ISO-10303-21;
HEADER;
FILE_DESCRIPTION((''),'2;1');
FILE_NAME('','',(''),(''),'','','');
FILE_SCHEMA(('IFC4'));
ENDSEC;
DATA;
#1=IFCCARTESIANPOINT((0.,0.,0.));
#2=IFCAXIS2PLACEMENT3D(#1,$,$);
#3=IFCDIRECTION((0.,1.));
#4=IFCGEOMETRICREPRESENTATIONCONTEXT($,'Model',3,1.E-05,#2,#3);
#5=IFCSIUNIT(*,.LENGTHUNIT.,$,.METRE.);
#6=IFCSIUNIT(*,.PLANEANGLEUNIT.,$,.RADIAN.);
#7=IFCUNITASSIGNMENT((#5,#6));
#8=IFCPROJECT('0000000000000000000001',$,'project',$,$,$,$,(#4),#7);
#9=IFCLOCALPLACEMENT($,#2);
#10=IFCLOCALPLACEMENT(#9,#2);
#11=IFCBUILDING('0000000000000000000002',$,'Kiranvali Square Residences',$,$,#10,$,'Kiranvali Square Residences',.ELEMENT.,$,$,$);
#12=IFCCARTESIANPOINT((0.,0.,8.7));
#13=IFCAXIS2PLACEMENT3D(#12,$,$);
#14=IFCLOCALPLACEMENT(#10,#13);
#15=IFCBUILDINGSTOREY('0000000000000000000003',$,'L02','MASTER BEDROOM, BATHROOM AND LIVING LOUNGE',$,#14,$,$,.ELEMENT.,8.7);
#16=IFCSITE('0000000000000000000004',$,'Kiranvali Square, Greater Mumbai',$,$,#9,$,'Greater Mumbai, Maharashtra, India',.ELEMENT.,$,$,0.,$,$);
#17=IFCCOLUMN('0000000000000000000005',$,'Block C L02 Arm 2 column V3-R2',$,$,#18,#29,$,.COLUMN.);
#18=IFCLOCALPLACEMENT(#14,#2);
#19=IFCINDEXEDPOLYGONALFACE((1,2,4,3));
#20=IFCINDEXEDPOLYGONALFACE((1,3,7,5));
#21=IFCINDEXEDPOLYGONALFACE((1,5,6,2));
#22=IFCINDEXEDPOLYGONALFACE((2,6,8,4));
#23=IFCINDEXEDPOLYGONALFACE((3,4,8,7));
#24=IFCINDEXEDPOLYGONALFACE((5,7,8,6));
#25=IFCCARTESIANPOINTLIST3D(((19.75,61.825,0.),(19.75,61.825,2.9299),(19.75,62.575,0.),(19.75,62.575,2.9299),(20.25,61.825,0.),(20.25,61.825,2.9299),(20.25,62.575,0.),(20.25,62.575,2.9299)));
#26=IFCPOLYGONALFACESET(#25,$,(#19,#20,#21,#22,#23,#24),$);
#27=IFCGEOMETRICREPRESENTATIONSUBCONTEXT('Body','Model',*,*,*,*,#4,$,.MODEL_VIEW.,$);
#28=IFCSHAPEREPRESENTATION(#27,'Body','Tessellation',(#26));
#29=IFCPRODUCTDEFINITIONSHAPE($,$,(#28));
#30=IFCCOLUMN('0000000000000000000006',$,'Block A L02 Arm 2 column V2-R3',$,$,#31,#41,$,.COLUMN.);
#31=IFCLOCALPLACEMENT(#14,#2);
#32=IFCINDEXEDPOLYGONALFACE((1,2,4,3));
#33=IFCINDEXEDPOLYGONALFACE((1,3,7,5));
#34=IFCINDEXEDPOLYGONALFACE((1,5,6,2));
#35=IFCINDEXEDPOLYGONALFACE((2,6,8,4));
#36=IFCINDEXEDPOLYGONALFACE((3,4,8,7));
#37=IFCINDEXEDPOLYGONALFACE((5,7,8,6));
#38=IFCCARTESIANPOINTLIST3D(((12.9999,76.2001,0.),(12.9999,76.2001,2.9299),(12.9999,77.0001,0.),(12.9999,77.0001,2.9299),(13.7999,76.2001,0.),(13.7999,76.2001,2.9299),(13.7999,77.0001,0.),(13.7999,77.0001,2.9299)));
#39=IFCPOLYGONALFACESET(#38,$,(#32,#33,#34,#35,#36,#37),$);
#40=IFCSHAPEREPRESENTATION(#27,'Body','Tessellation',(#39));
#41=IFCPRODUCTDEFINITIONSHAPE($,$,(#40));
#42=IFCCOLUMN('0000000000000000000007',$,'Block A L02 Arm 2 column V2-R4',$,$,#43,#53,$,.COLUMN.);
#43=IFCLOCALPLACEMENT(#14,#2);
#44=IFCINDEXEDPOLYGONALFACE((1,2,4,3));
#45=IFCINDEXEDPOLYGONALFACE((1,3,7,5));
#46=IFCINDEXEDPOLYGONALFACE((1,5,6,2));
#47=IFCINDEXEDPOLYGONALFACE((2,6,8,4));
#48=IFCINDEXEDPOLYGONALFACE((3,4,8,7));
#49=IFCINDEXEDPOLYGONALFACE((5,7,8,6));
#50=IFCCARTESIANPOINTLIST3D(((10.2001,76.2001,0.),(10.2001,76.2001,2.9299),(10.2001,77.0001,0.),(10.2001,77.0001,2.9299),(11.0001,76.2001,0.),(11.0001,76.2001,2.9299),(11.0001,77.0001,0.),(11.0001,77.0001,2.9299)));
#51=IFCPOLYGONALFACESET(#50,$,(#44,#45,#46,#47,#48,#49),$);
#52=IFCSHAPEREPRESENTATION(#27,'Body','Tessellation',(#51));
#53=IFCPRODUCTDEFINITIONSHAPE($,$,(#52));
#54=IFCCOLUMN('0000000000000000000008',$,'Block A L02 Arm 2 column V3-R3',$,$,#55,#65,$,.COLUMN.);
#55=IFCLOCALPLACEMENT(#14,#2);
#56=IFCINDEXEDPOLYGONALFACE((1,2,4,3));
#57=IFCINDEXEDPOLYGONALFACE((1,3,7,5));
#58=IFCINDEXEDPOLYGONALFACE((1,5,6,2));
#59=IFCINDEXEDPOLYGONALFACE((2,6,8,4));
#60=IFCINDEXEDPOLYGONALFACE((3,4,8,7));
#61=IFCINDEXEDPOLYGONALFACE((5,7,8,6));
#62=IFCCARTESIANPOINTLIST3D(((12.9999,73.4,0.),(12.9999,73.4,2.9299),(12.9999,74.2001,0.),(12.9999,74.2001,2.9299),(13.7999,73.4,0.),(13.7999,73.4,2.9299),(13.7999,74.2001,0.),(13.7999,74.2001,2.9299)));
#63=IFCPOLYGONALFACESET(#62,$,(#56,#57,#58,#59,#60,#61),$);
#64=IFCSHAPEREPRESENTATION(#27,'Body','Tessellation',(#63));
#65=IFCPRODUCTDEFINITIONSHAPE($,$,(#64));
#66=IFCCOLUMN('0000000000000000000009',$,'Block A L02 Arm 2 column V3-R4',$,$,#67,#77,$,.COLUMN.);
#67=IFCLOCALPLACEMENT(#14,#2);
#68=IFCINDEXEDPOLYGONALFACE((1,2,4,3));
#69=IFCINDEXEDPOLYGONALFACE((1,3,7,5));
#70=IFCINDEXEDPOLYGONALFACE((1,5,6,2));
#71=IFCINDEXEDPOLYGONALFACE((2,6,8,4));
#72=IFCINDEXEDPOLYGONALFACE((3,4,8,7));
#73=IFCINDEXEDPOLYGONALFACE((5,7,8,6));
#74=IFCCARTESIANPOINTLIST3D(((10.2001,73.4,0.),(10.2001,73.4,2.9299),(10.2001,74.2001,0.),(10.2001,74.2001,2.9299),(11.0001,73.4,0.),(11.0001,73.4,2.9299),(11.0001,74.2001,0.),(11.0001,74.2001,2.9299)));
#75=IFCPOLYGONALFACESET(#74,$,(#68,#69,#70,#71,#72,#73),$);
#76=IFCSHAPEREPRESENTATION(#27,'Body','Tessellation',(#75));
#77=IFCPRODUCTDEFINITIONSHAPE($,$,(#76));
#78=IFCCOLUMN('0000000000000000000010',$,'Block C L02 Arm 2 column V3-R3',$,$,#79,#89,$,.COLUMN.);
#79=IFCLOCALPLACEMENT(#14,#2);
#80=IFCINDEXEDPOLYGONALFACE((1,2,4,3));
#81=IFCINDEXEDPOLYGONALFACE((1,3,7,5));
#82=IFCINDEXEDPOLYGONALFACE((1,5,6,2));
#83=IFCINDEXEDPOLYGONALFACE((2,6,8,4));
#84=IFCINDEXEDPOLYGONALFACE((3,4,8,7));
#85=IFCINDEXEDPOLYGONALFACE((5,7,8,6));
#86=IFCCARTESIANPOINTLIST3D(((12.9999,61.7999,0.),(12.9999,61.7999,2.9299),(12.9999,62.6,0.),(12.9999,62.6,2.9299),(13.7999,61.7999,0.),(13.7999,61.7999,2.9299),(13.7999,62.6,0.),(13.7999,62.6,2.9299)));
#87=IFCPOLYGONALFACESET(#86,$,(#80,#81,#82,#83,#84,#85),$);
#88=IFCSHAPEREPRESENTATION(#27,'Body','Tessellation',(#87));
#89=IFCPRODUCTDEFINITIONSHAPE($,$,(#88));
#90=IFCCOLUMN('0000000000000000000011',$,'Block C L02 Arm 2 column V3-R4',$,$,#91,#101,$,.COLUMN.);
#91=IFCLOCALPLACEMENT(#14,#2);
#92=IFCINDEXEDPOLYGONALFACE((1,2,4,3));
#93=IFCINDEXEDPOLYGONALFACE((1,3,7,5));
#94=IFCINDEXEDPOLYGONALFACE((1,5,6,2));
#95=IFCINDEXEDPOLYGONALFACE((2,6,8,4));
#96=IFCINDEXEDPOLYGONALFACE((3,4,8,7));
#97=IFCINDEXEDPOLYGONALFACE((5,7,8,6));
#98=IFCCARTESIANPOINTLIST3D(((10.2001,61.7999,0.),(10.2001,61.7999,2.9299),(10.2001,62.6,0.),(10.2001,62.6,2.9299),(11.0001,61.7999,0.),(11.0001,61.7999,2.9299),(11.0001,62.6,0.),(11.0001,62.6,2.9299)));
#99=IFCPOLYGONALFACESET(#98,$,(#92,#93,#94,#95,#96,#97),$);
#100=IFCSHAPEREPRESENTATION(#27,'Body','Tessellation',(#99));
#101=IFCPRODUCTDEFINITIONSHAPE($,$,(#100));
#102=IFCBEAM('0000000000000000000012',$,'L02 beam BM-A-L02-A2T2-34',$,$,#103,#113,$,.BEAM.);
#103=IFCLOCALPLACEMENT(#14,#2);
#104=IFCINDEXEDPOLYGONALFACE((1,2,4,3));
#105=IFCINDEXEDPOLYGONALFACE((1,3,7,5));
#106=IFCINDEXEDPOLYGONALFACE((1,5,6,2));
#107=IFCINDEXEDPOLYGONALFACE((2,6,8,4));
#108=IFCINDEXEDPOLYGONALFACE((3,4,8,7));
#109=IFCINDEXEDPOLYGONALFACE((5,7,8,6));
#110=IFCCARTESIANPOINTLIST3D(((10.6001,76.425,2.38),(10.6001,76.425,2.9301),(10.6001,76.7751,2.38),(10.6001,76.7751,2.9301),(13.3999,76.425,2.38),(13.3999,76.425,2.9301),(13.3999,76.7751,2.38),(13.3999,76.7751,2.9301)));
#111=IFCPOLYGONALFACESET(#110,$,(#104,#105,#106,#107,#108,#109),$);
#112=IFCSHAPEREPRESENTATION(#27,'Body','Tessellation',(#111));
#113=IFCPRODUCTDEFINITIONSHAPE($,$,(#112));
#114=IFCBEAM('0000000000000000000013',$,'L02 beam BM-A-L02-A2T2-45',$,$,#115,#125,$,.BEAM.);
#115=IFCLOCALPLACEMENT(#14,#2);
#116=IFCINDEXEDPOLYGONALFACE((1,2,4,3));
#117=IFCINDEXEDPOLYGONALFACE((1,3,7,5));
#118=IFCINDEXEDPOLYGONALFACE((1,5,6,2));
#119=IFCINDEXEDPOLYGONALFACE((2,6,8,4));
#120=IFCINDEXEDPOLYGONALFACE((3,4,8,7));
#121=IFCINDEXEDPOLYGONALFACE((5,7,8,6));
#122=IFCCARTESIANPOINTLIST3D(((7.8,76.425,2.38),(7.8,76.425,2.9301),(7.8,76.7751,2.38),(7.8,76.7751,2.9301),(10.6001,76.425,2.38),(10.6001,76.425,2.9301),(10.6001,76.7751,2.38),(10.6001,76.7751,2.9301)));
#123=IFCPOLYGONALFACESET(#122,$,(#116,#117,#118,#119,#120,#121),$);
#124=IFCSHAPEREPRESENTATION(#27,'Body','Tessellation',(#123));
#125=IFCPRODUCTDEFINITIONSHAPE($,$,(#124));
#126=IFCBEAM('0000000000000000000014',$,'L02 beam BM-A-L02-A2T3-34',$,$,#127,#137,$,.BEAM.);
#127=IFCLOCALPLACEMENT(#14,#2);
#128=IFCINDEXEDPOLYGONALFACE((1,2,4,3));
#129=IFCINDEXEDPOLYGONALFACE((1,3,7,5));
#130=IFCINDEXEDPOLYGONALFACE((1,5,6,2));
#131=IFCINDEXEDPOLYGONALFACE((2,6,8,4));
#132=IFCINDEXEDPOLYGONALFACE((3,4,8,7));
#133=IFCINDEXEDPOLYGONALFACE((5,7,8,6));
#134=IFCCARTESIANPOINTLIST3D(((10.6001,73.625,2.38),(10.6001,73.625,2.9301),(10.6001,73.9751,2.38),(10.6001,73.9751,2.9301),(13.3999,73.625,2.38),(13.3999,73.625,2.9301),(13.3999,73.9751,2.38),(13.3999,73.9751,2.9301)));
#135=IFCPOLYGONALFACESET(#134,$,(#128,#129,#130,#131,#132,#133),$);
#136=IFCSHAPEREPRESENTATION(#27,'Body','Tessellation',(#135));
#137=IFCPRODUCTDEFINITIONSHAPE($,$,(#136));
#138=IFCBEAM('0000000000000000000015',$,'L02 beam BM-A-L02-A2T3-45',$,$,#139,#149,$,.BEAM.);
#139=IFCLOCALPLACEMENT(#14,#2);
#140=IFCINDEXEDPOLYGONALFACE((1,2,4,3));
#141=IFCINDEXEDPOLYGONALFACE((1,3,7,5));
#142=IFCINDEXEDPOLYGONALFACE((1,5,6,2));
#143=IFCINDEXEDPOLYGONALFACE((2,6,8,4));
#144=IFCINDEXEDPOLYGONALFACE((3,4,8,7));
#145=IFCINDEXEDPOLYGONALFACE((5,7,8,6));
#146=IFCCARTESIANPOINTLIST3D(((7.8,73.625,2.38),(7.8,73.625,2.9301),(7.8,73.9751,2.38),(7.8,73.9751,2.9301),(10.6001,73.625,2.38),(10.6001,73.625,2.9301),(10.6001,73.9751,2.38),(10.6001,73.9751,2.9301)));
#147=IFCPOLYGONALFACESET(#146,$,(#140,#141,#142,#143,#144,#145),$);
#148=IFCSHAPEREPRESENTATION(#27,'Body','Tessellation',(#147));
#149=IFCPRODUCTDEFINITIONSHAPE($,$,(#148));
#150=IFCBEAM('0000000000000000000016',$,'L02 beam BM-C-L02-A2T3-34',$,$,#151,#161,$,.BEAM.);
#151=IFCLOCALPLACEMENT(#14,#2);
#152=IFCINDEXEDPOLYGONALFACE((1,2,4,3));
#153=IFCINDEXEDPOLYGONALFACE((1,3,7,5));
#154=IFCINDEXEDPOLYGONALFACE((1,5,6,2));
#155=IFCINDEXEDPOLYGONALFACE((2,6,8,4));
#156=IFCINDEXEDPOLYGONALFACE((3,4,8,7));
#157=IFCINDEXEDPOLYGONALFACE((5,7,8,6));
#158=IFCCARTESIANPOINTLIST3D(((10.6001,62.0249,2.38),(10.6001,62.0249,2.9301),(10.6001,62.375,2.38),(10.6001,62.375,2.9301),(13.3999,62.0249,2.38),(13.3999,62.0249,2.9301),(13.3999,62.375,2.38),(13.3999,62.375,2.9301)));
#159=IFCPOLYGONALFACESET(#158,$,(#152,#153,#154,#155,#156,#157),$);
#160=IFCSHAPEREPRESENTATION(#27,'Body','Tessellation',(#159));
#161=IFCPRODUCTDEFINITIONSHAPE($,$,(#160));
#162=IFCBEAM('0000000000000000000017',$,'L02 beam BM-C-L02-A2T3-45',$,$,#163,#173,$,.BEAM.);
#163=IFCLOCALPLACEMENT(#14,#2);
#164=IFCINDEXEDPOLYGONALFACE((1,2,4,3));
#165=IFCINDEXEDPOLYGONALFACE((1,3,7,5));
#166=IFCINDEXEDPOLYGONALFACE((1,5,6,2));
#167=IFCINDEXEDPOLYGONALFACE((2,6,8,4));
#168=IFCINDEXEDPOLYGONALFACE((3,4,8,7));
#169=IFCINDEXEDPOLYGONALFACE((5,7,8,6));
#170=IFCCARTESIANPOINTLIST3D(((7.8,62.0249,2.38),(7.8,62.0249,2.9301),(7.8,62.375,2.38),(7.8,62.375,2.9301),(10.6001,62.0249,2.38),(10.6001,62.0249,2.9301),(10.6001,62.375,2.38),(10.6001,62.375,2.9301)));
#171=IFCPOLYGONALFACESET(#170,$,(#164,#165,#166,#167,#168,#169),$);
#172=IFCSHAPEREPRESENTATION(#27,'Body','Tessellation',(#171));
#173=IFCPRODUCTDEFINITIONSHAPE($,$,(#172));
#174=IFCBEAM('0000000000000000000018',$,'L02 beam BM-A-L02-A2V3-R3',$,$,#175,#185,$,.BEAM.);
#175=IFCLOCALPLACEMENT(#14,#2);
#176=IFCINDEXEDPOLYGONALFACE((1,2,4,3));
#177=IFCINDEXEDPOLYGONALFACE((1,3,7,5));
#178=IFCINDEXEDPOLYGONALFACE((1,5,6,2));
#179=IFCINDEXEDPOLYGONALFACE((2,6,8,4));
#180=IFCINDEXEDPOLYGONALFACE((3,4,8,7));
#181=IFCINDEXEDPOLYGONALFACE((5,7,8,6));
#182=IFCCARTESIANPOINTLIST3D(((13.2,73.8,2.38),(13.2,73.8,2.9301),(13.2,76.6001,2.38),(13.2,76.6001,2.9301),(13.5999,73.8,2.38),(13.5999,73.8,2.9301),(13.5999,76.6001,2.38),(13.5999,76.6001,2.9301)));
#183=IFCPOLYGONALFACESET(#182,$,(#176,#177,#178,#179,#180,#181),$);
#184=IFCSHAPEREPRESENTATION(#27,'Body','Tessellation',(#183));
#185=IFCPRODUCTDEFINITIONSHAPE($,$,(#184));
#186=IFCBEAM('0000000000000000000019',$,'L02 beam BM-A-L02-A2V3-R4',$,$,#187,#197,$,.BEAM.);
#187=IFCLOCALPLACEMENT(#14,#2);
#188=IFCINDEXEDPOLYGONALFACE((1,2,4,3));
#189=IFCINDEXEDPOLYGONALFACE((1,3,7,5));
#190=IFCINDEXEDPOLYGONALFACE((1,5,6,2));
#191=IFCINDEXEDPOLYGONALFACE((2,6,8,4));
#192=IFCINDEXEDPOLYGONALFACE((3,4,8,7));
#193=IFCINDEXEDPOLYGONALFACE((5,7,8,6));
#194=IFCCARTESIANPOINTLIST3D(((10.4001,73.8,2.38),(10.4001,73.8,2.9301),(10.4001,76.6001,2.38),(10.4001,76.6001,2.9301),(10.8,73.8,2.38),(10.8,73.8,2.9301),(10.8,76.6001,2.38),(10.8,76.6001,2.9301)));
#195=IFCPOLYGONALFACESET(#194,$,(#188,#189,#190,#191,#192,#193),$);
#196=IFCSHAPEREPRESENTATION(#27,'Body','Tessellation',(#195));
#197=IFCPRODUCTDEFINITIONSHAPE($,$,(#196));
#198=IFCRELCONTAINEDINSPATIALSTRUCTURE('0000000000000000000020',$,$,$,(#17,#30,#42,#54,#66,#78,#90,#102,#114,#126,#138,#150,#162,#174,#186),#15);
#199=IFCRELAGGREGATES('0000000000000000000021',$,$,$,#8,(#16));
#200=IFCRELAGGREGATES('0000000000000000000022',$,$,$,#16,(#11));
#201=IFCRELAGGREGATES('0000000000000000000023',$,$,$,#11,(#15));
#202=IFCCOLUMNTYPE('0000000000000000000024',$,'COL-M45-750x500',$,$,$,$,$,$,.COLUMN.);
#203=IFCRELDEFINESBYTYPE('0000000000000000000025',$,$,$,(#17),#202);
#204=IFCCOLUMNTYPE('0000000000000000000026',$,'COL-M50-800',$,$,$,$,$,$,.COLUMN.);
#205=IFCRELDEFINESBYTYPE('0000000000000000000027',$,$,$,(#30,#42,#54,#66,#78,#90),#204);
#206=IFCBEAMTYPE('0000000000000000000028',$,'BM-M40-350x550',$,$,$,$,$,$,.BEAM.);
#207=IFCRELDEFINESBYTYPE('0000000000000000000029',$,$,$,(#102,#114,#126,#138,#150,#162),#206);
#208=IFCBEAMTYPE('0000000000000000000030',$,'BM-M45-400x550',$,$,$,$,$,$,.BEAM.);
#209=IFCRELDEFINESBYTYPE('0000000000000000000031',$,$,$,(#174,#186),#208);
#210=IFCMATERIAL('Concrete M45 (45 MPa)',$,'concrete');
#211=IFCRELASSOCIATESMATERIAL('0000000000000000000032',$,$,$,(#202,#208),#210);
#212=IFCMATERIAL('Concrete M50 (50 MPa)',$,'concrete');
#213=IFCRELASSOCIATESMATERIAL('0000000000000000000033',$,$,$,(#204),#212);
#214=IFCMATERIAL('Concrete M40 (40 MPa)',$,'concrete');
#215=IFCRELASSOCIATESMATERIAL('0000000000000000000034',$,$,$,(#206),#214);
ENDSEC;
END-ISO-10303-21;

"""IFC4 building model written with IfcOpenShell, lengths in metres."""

from ifc_helpers import new_model, si_unit, direction, frame, origin, origin_2d, place, context, subcontext, project, spatial, rectangle, extrude, material, material_profile, profile_set, type_object, element, save


model = new_model("IFC4")

# Units and contexts
model_context = context("Model", 3, precision=1e-05, world=origin(), true_north=direction((0.0, 1.0)))
body_context = subcontext(model_context, "Body", "Model", "MODEL_VIEW")
ifc_project = project(units=[si_unit("LENGTHUNIT", "METRE"), si_unit("PLANEANGLEUNIT", "RADIAN")], contexts=[model_context])

# Site, building, storey
site_placement = place(None, origin())
site = spatial("IfcSite", under=ifc_project, at=site_placement, Name="Kiranvali Square, Greater Mumbai", LongName="Greater Mumbai, Maharashtra, India", CompositionType="ELEMENT", RefElevation=0.0)
building_placement = place(site_placement, origin())
building = spatial("IfcBuilding", under=site, at=building_placement, Name="Kiranvali Square Residences", LongName="Kiranvali Square Residences", CompositionType="ELEMENT")
storey_placement = place(building_placement, frame((0.0, 0.0, 8.7)))
storey = spatial("IfcBuildingStorey", under=building, at=storey_placement, Name="L02", Description="MASTER BEDROOM, BATHROOM AND LIVING LOUNGE", CompositionType="ELEMENT", Elevation=8.7)

# Columns
ifc_material_1 = material(Name="Concrete M45 (45 MPa)", Category="concrete")
ifc_material_profile_1 = material_profile(ifc_material_1, rectangle(XDim=0.5, YDim=0.75, at=origin_2d()), Name="RC 750x500")
ifc_profile_set_1 = profile_set([ifc_material_profile_1], Name="Concrete M45 (45 MPa)")
column_type_1 = type_object("IfcColumnType", Name="COL-M45-750x500", PredefinedType="COLUMN", material=ifc_profile_set_1)
column_placement = place(storey_placement, frame((20.0, 62.2, 0.0), z_axis=(0.0, 0.0, 1.0), x_axis=(1.0, 0.0, 0.0)))
element("IfcColumn", 1, at=column_placement, inside=storey, type_object=column_type_1, Name="Block C L02 Arm 2 column V3-R2", PredefinedType="COLUMN", context=body_context, shape_type="SweptSolid", body=[
    extrude(rectangle(XDim=0.5, YDim=0.75, at=origin_2d()), origin(), (0.0, 0.0, 1.0), 2.9299),
])
ifc_material_2 = material(Name="Concrete M50 (50 MPa)", Category="concrete")
ifc_material_profile_2 = material_profile(ifc_material_2, rectangle(XDim=0.8, YDim=0.8, at=origin_2d()), Name="RC 800x800")
ifc_profile_set_2 = profile_set([ifc_material_profile_2], Name="Concrete M50 (50 MPa)")
column_type_2 = type_object("IfcColumnType", Name="COL-M50-800", PredefinedType="COLUMN", material=ifc_profile_set_2)
for number, where, z_axis, x_axis, name in (
    (2, (13.3999, 76.6001, 0.0), (0.0, 0.0, 1.0), (1.0, 0.0, 0.0), "Block A L02 Arm 2 column V2-R3"),
    (3, (10.6001, 76.6001, 0.0), (0.0, 0.0, 1.0), (1.0, 0.0, 0.0), "Block A L02 Arm 2 column V2-R4"),
    (4, (13.3999, 73.8, 0.0), (0.0, 0.0, 1.0), (1.0, 0.0, 0.0), "Block A L02 Arm 2 column V3-R3"),
    (5, (10.6001, 73.8, 0.0), (0.0, 0.0, 1.0), (1.0, 0.0, 0.0), "Block A L02 Arm 2 column V3-R4"),
    (6, (13.3999, 62.2, 0.0), (0.0, 0.0, 1.0), (1.0, 0.0, 0.0), "Block C L02 Arm 2 column V3-R3"),
    (7, (10.6001, 62.2, 0.0), (0.0, 0.0, 1.0), (1.0, 0.0, 0.0), "Block C L02 Arm 2 column V3-R4"),
):
    element("IfcColumn", number, at=place(storey_placement, frame(where, z_axis=z_axis, x_axis=x_axis)), inside=storey, type_object=column_type_2, Name=name, PredefinedType="COLUMN", context=body_context, shape_type="SweptSolid", body=[
        extrude(rectangle(XDim=0.8, YDim=0.8, at=origin_2d()), origin(), (0.0, 0.0, 1.0), 2.9299),
    ])

# Beams
ifc_material_3 = material(Name="Concrete M40 (40 MPa)", Category="concrete")
ifc_material_profile_3 = material_profile(ifc_material_3, rectangle(XDim=0.3501, YDim=0.55, at=origin_2d()), Name="RC 350x550")
ifc_profile_set_3 = profile_set([ifc_material_profile_3], Name="Concrete M40 (40 MPa)")
beam_type_1 = type_object("IfcBeamType", Name="BM-M40-350x550", PredefinedType="BEAM", material=ifc_profile_set_3)
beam_1_placement = place(storey_placement, frame((13.3999, 76.6001, 2.655), z_axis=(-1.0, 0.0, 0.0), x_axis=(0.0, -1.0, 0.0)))
element("IfcBeam", 8, at=beam_1_placement, inside=storey, type_object=beam_type_1, Name="L02 beam BM-A-L02-A2T2-34", PredefinedType="BEAM", context=body_context, shape_type="SweptSolid", body=[
    extrude(rectangle(XDim=0.3501, YDim=0.55, at=origin_2d()), origin(), (0.0, 0.0, 1.0), 2.7998),
])
beam_2_placement = place(storey_placement, frame((10.6001, 76.6001, 2.655), z_axis=(-1.0, 0.0, 0.0), x_axis=(0.0, -1.0, 0.0)))
element("IfcBeam", 9, at=beam_2_placement, inside=storey, type_object=beam_type_1, Name="L02 beam BM-A-L02-A2T2-45", PredefinedType="BEAM", context=body_context, shape_type="SweptSolid", body=[
    extrude(rectangle(XDim=0.3501, YDim=0.55, at=origin_2d()), origin(), (0.0, 0.0, 1.0), 2.8),
])
beam_3_placement = place(storey_placement, frame((13.3999, 73.8, 2.655), z_axis=(-1.0, 0.0, 0.0), x_axis=(0.0, -1.0, 0.0)))
element("IfcBeam", 10, at=beam_3_placement, inside=storey, type_object=beam_type_1, Name="L02 beam BM-A-L02-A2T3-34", PredefinedType="BEAM", context=body_context, shape_type="SweptSolid", body=[
    extrude(rectangle(XDim=0.3501, YDim=0.55, at=origin_2d()), origin(), (0.0, 0.0, 1.0), 2.7998),
])
beam_4_placement = place(storey_placement, frame((10.6001, 73.8, 2.655), z_axis=(-1.0, 0.0, 0.0), x_axis=(0.0, -1.0, 0.0)))
element("IfcBeam", 11, at=beam_4_placement, inside=storey, type_object=beam_type_1, Name="L02 beam BM-A-L02-A2T3-45", PredefinedType="BEAM", context=body_context, shape_type="SweptSolid", body=[
    extrude(rectangle(XDim=0.3501, YDim=0.55, at=origin_2d()), origin(), (0.0, 0.0, 1.0), 2.8),
])
beam_5_placement = place(storey_placement, frame((13.3999, 62.2, 2.655), z_axis=(-1.0, 0.0, 0.0), x_axis=(0.0, -1.0, 0.0)))
element("IfcBeam", 12, at=beam_5_placement, inside=storey, type_object=beam_type_1, Name="L02 beam BM-C-L02-A2T3-34", PredefinedType="BEAM", context=body_context, shape_type="SweptSolid", body=[
    extrude(rectangle(XDim=0.3501, YDim=0.55, at=origin_2d()), origin(), (0.0, 0.0, 1.0), 2.7998),
])
beam_6_placement = place(storey_placement, frame((10.6001, 62.2, 2.655), z_axis=(-1.0, 0.0, 0.0), x_axis=(0.0, -1.0, 0.0)))
element("IfcBeam", 13, at=beam_6_placement, inside=storey, type_object=beam_type_1, Name="L02 beam BM-C-L02-A2T3-45", PredefinedType="BEAM", context=body_context, shape_type="SweptSolid", body=[
    extrude(rectangle(XDim=0.3501, YDim=0.55, at=origin_2d()), origin(), (0.0, 0.0, 1.0), 2.8),
])
ifc_material_profile_4 = material_profile(ifc_material_1, rectangle(XDim=0.3999, YDim=0.55, at=origin_2d()), Name="RC 400x550")
ifc_profile_set_4 = profile_set([ifc_material_profile_4], Name="Concrete M45 (45 MPa)")
beam_type_2 = type_object("IfcBeamType", Name="BM-M45-400x550", PredefinedType="BEAM", material=ifc_profile_set_4)
for number, where, z_axis, x_axis, name in (
    (14, (13.3999, 76.6001, 2.655), (0.0, -1.0, 0.0), (1.0, 0.0, 0.0), "L02 beam BM-A-L02-A2V3-R3"),
    (15, (10.6001, 76.6001, 2.655), (0.0, -1.0, 0.0), (1.0, 0.0, 0.0), "L02 beam BM-A-L02-A2V3-R4"),
):
    element("IfcBeam", number, at=place(storey_placement, frame(where, z_axis=z_axis, x_axis=x_axis)), inside=storey, type_object=beam_type_2, Name=name, PredefinedType="BEAM", context=body_context, shape_type="SweptSolid", body=[
        extrude(rectangle(XDim=0.3999, YDim=0.55, at=origin_2d()), origin(), (0.0, 0.0, 1.0), 2.8),
    ])

save(model, "model.ifc")
